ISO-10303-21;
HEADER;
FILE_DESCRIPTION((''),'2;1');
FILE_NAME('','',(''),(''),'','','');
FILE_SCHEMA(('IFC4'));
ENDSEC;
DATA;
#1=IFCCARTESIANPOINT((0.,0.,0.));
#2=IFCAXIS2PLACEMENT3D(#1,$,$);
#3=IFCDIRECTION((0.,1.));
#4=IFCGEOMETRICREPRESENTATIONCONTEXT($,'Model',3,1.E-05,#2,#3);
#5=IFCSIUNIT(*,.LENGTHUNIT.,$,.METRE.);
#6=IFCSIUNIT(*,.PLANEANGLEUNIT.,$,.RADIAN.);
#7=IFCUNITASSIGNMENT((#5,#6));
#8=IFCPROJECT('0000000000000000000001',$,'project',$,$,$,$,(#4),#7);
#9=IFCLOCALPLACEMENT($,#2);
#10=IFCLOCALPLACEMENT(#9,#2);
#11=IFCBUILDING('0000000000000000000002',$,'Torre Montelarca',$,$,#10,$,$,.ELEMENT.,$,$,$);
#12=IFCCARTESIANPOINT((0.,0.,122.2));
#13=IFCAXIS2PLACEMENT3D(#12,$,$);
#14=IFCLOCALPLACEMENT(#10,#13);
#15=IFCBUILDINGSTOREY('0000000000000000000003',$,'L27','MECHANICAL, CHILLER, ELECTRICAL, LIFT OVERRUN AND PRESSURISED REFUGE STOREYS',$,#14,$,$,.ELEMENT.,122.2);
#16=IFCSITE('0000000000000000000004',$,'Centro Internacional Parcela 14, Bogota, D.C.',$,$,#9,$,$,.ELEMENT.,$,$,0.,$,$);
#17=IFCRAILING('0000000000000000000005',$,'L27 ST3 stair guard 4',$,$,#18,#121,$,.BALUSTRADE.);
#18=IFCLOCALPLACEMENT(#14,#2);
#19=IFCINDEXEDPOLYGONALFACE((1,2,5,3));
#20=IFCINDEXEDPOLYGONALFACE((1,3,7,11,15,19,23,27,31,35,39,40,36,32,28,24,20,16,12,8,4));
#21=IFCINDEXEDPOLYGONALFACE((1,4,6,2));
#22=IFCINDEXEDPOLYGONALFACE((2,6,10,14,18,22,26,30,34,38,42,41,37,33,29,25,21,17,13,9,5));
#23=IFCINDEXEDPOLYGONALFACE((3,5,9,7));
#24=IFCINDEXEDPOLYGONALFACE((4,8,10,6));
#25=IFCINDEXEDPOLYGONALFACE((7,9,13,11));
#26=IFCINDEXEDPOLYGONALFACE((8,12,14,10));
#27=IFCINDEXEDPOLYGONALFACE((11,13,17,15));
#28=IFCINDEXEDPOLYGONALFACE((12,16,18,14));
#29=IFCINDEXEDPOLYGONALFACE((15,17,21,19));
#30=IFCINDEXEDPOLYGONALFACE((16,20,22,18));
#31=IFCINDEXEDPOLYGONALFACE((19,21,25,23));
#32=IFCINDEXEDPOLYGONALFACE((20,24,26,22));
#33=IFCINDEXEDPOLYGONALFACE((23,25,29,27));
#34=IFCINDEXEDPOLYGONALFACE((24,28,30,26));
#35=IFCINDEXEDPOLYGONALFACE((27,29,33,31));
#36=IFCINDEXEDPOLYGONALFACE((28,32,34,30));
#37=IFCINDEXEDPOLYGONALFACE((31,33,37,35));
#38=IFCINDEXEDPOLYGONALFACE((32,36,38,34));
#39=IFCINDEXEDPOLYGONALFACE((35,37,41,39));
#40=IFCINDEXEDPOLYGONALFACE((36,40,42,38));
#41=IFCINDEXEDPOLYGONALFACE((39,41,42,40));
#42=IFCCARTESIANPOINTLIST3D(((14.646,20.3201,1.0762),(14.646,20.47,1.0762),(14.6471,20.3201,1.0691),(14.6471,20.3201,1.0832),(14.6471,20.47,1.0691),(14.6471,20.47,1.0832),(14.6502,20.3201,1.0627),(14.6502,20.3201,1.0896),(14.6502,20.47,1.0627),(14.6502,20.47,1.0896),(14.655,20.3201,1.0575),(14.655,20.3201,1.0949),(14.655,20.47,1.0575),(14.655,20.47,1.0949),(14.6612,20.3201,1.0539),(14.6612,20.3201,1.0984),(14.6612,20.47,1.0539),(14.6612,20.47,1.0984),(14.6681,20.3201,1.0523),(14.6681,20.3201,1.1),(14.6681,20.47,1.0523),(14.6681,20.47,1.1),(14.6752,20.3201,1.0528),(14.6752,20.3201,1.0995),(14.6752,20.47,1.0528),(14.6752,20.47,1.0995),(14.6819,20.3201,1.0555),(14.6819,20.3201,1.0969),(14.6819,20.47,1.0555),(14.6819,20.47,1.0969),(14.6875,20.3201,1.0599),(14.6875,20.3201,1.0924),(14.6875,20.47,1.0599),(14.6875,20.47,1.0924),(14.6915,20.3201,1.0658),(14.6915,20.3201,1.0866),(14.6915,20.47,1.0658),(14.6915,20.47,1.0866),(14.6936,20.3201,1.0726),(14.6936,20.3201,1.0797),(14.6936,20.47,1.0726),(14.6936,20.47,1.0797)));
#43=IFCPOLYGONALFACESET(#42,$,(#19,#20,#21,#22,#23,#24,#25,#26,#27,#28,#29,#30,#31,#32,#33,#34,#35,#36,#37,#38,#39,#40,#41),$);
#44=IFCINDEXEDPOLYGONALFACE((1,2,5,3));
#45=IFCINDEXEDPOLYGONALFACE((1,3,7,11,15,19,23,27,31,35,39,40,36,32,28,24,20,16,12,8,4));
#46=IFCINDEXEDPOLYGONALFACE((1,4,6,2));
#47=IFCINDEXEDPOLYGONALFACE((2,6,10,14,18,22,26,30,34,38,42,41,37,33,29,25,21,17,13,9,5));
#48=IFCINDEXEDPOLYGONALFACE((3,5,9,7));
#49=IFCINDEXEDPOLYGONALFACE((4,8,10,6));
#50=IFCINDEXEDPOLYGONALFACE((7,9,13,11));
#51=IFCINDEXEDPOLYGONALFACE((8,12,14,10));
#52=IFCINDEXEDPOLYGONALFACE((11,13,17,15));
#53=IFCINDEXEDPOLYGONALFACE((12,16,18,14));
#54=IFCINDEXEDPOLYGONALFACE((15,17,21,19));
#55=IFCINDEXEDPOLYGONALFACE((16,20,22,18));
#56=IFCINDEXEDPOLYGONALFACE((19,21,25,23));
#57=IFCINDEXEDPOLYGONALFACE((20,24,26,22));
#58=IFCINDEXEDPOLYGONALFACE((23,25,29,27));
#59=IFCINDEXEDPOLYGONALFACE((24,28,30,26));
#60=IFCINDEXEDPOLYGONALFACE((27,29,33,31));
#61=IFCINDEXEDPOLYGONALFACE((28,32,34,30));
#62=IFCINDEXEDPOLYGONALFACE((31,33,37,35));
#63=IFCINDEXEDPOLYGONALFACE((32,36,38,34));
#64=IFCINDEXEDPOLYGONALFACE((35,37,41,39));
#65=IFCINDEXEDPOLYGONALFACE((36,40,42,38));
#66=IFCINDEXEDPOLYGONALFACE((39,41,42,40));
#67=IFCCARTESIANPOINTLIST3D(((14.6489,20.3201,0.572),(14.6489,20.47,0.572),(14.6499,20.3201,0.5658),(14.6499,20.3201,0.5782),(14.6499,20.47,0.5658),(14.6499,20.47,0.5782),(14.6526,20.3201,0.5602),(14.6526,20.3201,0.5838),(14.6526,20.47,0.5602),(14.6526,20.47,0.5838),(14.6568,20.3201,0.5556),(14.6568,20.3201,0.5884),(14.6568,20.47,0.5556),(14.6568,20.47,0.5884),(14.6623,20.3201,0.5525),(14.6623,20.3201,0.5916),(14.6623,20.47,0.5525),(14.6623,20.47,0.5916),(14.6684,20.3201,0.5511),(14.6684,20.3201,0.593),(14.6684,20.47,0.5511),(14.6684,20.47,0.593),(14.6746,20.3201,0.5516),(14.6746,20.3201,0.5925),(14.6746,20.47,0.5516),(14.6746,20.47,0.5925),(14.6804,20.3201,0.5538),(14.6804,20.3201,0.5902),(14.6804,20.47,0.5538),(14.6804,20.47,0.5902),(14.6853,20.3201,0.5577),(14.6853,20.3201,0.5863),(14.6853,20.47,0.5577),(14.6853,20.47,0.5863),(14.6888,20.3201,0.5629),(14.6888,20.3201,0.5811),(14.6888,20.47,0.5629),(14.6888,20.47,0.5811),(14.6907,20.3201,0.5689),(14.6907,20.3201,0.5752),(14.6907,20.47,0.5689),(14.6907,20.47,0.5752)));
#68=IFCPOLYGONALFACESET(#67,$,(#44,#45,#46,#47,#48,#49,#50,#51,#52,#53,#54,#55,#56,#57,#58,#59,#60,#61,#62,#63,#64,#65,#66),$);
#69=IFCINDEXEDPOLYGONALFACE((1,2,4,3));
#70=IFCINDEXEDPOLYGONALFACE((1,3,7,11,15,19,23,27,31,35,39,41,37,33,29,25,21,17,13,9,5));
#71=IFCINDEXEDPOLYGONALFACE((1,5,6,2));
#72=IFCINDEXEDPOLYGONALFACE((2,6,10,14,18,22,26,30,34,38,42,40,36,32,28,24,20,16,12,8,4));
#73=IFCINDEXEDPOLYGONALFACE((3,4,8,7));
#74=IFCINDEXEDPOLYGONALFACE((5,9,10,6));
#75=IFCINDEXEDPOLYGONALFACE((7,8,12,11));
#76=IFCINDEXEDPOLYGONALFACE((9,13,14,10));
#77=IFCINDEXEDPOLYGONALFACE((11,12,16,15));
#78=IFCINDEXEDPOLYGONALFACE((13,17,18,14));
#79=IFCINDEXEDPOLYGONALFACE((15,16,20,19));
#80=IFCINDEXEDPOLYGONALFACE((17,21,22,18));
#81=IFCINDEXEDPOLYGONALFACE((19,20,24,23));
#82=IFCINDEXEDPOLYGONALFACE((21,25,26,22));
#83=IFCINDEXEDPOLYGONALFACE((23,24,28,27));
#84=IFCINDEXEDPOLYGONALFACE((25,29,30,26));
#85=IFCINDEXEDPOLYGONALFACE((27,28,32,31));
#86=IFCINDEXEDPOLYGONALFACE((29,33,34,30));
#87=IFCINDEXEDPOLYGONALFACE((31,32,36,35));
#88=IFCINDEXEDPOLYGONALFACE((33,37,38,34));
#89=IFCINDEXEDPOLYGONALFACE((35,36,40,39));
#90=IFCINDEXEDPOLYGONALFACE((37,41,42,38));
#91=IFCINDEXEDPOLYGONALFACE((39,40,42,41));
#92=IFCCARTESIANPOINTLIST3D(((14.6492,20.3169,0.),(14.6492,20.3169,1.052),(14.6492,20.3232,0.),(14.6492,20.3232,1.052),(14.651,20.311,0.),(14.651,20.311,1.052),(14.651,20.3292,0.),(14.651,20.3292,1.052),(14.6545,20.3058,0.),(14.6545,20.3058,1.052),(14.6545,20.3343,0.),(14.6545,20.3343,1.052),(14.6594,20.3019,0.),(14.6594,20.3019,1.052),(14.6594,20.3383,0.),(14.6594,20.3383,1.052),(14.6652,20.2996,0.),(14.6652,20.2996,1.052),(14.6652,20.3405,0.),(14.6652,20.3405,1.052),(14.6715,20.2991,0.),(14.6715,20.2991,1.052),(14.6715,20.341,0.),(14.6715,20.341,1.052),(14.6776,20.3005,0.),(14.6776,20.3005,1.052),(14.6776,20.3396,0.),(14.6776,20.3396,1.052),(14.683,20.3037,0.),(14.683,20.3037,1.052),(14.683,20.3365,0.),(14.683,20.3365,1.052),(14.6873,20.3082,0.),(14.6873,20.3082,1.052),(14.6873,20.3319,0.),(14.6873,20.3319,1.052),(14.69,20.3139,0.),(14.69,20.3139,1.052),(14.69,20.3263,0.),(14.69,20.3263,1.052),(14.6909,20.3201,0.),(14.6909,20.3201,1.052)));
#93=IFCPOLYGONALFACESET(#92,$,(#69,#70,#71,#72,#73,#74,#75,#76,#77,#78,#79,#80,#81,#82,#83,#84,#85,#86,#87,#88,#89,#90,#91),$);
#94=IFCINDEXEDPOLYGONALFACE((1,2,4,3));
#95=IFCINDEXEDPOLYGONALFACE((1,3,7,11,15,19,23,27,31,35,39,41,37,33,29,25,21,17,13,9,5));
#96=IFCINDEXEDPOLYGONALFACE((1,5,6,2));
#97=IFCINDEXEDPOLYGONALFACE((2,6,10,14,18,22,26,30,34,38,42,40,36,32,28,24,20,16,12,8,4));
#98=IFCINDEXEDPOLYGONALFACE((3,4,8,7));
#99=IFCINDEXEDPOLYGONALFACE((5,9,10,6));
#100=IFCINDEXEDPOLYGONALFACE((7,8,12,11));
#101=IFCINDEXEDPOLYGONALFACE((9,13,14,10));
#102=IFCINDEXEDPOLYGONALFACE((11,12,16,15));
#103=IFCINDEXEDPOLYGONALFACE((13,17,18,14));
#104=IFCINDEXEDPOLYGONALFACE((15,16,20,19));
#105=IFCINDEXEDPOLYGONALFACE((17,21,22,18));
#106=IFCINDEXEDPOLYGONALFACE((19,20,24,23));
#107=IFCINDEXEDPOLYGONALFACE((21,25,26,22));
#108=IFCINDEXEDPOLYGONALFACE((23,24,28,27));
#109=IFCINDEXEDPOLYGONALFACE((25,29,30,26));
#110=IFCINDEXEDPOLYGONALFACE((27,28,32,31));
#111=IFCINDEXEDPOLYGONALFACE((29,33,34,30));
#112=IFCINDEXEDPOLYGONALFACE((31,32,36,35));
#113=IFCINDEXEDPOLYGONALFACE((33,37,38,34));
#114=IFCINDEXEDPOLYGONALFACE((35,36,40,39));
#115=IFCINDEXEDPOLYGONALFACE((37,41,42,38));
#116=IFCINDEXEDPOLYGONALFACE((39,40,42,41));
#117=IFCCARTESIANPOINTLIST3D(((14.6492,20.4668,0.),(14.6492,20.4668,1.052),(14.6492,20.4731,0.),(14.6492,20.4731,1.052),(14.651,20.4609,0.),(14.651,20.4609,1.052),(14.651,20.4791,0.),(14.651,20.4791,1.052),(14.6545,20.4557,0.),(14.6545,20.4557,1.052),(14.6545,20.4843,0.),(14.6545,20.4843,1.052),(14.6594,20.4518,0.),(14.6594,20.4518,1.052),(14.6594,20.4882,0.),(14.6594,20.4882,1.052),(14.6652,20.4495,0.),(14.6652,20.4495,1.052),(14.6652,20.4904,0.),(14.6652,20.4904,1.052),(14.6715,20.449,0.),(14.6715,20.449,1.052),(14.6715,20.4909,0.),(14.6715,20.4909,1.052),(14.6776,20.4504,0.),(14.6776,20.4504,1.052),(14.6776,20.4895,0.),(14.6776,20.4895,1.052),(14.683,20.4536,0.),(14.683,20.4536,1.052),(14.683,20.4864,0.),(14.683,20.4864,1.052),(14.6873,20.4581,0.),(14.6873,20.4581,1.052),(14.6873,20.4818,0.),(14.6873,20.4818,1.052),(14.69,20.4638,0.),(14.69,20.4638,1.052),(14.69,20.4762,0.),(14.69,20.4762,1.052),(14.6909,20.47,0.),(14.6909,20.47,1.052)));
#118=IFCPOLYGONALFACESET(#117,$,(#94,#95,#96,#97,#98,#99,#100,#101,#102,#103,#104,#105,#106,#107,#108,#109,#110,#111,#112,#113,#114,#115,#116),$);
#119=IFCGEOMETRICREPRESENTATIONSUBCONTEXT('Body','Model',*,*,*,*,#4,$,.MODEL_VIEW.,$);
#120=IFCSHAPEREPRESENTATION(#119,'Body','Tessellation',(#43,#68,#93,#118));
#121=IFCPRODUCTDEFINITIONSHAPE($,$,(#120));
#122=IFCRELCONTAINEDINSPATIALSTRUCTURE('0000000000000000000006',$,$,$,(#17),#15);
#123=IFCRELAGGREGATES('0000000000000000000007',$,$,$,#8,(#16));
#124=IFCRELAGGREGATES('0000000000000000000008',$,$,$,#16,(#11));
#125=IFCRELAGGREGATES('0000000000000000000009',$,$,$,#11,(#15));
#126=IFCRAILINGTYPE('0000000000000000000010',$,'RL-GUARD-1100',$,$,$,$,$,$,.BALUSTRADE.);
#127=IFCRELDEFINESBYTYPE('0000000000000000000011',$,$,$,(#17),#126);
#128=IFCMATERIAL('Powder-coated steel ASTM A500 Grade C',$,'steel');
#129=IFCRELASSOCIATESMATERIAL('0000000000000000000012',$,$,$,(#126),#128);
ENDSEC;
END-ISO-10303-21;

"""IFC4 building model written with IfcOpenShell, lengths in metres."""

from ifc_helpers import new_model, si_unit, direction, frame, origin, origin_2d, place, context, subcontext, project, spatial, circle, extrude, material, type_object, element, save


model = new_model("IFC4")

# Units and contexts
model_context = context("Model", 3, precision=1e-05, world=origin(), true_north=direction((0.0, 1.0)))
body_context = subcontext(model_context, "Body", "Model", "MODEL_VIEW")
ifc_project = project(units=[si_unit("LENGTHUNIT", "METRE"), si_unit("PLANEANGLEUNIT", "RADIAN")], contexts=[model_context])

# Site, building, storey
site_placement = place(None, origin())
site = spatial("IfcSite", under=ifc_project, at=site_placement, Name="Centro Internacional Parcela 14, Bogota, D.C.", CompositionType="ELEMENT", RefElevation=0.0)
building_placement = place(site_placement, origin())
building = spatial("IfcBuilding", under=site, at=building_placement, Name="Torre Montelarca", CompositionType="ELEMENT")
storey_placement = place(building_placement, frame((0.0, 0.0, 122.2)))
storey = spatial("IfcBuildingStorey", under=building, at=storey_placement, Name="L27", Description="MECHANICAL, CHILLER, ELECTRICAL, LIFT OVERRUN AND PRESSURISED REFUGE STOREYS", CompositionType="ELEMENT", Elevation=122.2)

# Railing
ifc_material_1 = material(Name="Powder-coated steel ASTM A500 Grade C", Category="steel")
railing_type_1 = type_object("IfcRailingType", Name="RL-GUARD-1100", PredefinedType="BALUSTRADE", material=ifc_material_1)
railing_1_placement = place(storey_placement, frame((14.6699, 20.3201, 0.0)))
element("IfcRailing", 1, at=railing_1_placement, inside=storey, type_object=railing_type_1, Name="L27 ST3 stair guard 4", PredefinedType="BALUSTRADE", context=body_context, shape_type="SweptSolid", body=[
    extrude(circle(Radius=0.0239, at=origin_2d()), frame((0.0, 0.0, 1.0762), z_axis=(0.0, 1.0, 0.0), x_axis=(-1.0, 0.0, 0.0)), (0.0, 0.0, 1.0), 0.1499),
    extrude(circle(Radius=0.021, at=origin_2d()), frame((0.0, 0.0, 0.572), z_axis=(0.0, 1.0, 0.0), x_axis=(-1.0, 0.0, 0.0)), (0.0, 0.0, 1.0), 0.1499),
    extrude(circle(Radius=0.021, at=origin_2d()), origin(), (0.0, 0.0, 1.0), 1.052),
    extrude(circle(Radius=0.021, at=origin_2d()), frame((0.0, 0.1499, 0.0)), (0.0, 0.0, 1.0), 1.052),
])

save(model, "model.ifc")
